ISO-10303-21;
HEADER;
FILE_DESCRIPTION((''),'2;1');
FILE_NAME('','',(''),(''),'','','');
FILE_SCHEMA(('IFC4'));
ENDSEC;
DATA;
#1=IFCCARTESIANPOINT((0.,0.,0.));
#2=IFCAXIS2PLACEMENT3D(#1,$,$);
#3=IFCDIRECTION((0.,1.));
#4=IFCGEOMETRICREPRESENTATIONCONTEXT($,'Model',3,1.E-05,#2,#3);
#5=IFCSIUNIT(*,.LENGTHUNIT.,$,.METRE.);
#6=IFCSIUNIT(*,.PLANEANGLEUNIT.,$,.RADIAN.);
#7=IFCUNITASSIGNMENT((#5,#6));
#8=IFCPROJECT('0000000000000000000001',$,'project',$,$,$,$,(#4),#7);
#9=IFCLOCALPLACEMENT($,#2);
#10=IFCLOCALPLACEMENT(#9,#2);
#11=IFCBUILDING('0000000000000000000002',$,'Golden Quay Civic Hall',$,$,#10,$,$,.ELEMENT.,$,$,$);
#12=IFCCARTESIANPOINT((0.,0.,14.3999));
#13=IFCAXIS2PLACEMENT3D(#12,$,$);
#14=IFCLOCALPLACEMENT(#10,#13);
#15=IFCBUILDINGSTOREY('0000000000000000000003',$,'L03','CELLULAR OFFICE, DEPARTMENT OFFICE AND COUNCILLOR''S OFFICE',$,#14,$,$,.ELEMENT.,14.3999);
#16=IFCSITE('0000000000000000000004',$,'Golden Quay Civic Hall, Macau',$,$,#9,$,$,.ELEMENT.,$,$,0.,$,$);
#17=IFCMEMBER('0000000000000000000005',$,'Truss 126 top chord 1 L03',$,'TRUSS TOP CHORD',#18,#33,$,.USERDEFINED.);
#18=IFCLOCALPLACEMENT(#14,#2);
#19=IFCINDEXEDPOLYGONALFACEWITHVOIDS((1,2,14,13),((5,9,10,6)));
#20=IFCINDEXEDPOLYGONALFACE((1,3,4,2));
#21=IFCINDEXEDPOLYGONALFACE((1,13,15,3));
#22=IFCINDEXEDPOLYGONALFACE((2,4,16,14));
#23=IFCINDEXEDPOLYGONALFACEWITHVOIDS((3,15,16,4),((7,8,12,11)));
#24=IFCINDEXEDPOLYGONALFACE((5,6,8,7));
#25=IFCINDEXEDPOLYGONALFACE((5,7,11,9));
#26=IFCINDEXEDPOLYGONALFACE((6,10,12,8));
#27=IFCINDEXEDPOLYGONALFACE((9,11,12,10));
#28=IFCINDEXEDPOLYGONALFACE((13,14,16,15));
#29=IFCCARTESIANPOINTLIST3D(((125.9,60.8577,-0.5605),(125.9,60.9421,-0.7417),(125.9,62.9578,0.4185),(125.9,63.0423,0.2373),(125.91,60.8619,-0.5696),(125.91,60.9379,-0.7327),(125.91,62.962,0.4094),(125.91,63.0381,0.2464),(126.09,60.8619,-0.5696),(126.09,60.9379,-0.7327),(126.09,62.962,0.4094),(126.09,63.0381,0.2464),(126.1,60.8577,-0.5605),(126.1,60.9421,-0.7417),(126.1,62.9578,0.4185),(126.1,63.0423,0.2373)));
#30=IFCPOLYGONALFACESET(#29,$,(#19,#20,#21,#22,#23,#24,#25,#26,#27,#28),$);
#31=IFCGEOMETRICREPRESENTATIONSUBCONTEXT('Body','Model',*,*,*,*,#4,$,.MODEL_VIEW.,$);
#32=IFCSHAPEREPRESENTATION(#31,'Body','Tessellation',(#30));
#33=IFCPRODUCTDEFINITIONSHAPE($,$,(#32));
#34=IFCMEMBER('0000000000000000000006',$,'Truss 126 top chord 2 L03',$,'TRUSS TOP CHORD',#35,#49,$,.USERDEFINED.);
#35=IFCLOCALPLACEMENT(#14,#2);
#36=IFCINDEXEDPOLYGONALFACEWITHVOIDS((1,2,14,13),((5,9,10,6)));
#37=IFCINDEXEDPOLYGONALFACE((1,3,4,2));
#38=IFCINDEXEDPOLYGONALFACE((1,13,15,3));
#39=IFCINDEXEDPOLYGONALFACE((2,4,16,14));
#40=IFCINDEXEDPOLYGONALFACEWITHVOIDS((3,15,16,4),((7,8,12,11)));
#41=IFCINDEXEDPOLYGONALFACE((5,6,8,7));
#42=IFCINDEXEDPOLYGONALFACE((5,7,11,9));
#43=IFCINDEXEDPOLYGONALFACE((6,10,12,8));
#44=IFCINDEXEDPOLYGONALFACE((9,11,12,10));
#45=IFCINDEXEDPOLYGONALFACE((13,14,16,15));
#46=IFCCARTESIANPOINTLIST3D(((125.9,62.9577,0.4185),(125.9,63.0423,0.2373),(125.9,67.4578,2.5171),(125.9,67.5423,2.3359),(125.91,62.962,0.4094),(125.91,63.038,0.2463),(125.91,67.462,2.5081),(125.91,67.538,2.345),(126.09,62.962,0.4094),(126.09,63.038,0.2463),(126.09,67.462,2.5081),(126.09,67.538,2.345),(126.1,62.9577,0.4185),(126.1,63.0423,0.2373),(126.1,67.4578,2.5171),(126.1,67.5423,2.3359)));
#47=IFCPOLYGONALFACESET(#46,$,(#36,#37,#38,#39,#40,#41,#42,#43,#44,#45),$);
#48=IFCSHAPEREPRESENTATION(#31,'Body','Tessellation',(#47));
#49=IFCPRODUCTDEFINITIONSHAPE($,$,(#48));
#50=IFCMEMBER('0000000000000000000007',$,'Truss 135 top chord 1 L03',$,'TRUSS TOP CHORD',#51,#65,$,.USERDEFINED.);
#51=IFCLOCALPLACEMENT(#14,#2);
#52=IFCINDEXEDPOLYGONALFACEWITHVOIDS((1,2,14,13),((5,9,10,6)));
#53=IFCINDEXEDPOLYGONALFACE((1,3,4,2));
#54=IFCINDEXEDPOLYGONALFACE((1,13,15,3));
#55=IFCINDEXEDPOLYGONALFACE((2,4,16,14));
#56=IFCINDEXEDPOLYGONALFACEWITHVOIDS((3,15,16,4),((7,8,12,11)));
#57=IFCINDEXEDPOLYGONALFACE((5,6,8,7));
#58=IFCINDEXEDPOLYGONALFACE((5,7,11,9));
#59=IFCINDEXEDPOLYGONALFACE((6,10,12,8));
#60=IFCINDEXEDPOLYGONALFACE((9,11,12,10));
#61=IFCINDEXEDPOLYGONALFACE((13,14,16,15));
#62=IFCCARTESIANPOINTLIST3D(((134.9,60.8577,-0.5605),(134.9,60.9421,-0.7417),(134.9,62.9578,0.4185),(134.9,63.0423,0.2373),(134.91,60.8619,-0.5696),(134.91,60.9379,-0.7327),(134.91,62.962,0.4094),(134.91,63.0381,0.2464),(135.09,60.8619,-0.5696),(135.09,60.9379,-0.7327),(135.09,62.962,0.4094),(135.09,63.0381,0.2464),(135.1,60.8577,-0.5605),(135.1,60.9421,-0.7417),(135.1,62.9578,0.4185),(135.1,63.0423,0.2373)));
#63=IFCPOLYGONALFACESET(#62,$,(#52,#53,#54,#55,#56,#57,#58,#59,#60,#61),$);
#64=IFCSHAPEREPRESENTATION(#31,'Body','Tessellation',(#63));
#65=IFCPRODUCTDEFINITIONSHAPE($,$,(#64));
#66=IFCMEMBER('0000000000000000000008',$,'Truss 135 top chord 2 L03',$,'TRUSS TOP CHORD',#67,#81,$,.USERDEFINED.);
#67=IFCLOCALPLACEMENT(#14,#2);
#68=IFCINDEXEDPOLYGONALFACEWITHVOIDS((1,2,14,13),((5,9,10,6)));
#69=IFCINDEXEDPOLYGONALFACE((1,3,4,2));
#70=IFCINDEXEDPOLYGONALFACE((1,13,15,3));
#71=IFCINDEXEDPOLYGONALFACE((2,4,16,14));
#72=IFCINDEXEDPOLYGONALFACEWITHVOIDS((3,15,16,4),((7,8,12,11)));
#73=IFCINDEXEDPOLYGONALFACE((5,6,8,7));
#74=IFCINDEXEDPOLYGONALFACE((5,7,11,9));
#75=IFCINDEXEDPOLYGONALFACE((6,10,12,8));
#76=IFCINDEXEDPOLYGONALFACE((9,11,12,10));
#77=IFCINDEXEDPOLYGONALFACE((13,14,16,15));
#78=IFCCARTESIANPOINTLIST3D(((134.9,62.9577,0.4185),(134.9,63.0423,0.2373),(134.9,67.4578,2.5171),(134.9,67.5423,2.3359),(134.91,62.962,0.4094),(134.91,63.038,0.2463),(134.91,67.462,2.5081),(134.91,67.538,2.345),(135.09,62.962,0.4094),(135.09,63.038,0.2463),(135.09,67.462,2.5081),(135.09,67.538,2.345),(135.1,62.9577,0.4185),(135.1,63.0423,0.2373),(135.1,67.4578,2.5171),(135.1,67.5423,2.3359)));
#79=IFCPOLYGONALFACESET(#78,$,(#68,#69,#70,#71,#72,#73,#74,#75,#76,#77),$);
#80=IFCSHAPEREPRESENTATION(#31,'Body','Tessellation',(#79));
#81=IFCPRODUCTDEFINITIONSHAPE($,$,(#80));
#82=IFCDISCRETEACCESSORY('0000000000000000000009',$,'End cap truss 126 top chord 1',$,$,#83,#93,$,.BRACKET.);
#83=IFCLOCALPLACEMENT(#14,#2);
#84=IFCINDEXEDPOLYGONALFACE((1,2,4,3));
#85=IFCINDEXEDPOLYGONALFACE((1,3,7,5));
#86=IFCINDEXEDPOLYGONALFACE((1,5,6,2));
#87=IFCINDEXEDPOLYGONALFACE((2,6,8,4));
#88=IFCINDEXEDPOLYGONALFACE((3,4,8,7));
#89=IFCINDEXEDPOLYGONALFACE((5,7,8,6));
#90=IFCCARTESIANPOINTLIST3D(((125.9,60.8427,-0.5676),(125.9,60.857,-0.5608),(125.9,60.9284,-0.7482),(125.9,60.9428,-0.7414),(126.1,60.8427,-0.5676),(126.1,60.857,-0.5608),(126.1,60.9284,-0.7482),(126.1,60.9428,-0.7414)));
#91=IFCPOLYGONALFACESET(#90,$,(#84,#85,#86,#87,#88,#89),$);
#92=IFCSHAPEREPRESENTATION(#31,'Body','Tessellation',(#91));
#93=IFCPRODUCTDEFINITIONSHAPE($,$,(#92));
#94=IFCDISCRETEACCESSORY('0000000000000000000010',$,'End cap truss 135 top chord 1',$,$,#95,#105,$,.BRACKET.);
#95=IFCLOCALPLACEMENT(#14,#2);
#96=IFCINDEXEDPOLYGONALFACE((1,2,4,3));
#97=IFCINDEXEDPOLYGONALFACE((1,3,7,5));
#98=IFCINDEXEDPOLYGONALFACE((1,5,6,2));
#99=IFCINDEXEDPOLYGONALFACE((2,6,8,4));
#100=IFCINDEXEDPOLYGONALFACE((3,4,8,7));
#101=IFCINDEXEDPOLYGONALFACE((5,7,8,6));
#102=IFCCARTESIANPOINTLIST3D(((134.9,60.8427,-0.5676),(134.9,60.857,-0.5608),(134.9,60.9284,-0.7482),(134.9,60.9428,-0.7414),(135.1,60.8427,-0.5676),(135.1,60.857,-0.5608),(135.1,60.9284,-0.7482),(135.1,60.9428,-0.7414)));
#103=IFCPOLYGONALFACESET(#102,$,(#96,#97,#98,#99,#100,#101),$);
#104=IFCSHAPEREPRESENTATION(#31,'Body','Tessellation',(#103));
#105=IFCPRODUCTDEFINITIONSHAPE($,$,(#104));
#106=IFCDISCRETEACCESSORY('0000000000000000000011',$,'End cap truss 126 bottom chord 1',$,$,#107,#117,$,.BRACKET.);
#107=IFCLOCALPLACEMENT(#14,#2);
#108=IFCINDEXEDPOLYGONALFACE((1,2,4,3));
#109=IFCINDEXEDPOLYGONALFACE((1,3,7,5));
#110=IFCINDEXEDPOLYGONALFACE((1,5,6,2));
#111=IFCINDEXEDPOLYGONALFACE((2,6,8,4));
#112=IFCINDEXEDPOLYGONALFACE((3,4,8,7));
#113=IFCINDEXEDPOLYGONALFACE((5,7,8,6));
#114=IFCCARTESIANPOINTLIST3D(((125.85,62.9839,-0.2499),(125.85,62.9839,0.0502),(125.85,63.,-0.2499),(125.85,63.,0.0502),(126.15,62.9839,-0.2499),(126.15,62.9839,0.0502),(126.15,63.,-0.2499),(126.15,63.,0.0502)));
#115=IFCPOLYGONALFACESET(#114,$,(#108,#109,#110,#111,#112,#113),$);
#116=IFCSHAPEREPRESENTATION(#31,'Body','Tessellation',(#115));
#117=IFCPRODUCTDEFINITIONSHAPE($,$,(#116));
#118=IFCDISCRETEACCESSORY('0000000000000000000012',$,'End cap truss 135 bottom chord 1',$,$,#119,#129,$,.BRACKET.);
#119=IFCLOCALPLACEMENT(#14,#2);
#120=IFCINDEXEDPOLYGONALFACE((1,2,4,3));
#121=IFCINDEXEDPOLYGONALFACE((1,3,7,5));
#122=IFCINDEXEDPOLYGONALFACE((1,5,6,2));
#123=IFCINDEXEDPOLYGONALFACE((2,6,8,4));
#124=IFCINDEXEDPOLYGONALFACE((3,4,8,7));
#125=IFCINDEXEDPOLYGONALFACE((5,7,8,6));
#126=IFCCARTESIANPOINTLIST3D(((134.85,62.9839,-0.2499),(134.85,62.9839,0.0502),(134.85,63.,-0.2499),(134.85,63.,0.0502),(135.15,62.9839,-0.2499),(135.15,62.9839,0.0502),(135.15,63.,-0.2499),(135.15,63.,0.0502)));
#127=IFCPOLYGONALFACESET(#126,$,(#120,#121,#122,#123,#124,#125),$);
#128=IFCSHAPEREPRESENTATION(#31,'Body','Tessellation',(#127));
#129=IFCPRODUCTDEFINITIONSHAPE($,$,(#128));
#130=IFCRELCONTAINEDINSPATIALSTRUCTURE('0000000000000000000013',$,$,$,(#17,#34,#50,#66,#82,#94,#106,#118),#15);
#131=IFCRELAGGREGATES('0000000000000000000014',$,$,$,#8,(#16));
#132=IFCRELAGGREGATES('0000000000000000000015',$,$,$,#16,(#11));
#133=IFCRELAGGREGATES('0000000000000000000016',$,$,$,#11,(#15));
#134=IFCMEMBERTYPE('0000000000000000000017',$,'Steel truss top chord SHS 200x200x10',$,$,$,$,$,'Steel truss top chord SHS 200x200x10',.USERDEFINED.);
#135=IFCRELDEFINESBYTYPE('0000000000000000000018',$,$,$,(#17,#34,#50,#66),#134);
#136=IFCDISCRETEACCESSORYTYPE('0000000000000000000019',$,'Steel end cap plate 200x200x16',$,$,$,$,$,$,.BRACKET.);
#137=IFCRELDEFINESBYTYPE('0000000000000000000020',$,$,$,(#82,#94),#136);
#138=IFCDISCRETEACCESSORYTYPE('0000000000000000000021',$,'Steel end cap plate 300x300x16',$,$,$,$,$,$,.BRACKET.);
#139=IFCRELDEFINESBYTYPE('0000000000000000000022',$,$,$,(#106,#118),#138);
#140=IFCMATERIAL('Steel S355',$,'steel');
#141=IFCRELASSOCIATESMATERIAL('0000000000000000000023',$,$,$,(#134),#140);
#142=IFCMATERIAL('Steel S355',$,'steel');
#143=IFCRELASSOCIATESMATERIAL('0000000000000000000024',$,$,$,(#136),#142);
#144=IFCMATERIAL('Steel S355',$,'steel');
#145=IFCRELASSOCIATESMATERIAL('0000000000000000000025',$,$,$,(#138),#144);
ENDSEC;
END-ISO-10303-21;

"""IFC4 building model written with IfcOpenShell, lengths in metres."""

from ifc_helpers import new_model, si_unit, direction, frame, origin, origin_2d, place, context, subcontext, project, spatial, rectangle, hollow_rectangle, extrude, material, material_profile, profile_set, type_object, element, save


model = new_model("IFC4")

# Units and contexts
model_context = context("Model", 3, precision=1e-05, world=origin(), true_north=direction((0.0, 1.0)))
body_context = subcontext(model_context, "Body", "Model", "MODEL_VIEW")
ifc_project = project(units=[si_unit("LENGTHUNIT", "METRE"), si_unit("PLANEANGLEUNIT", "RADIAN")], contexts=[model_context])

# Site, building, storey
site_placement = place(None, origin())
site = spatial("IfcSite", under=ifc_project, at=site_placement, Name="Golden Quay Civic Hall, Macau", CompositionType="ELEMENT", RefElevation=0.0)
building_placement = place(site_placement, origin())
building = spatial("IfcBuilding", under=site, at=building_placement, Name="Golden Quay Civic Hall", CompositionType="ELEMENT")
storey_placement = place(building_placement, frame((0.0, 0.0, 14.3999)))
storey = spatial("IfcBuildingStorey", under=building, at=storey_placement, Name="L03", Description="CELLULAR OFFICE, DEPARTMENT OFFICE AND COUNCILLOR'S OFFICE", CompositionType="ELEMENT", Elevation=14.3999)

# Members
ifc_material_1 = material(Name="Steel S355", Category="steel")
ifc_material_profile_1 = material_profile(ifc_material_1, hollow_rectangle(XDim=0.2, YDim=0.2, WallThickness=0.01, at=origin_2d()), Name="SHS 200x200x10")
ifc_profile_set_1 = profile_set([ifc_material_profile_1], Name="Steel S355")
member_type_1 = type_object("IfcMemberType", Name="Steel truss top chord SHS 200x200x10", ElementType="Steel truss top chord SHS 200x200x10", PredefinedType="USERDEFINED", material=ifc_profile_set_1)
member_1_placement = place(storey_placement, frame((126.0, 60.8999, -0.6511), z_axis=(0.0, 0.906355, 0.422516), x_axis=(-1.0, 0.0, 0.0)))
element("IfcMember", 1, at=member_1_placement, inside=storey, type_object=member_type_1, Name="Truss 126 top chord 1 L03", ObjectType="TRUSS TOP CHORD", PredefinedType="USERDEFINED", context=body_context, shape_type="SweptSolid", body=[
    extrude(hollow_rectangle(XDim=0.2, YDim=0.2, WallThickness=0.01, at=origin_2d()), origin(), (0.0, 0.0, 1.0), 2.3171),
])
member_2_placement = place(storey_placement, frame((126.0, 63.0, 0.3279), z_axis=(0.0, 0.906289, 0.422659), x_axis=(-1.0, 0.0, 0.0)))
element("IfcMember", 2, at=member_2_placement, inside=storey, type_object=member_type_1, Name="Truss 126 top chord 2 L03", ObjectType="TRUSS TOP CHORD", PredefinedType="USERDEFINED", context=body_context, shape_type="SweptSolid", body=[
    extrude(hollow_rectangle(XDim=0.2, YDim=0.2, WallThickness=0.01, at=origin_2d()), origin(), (0.0, 0.0, 1.0), 4.9653),
])
member_3_placement = place(storey_placement, frame((135.0, 60.8999, -0.6511), z_axis=(0.0, 0.906355, 0.422516), x_axis=(-1.0, 0.0, 0.0)))
element("IfcMember", 3, at=member_3_placement, inside=storey, type_object=member_type_1, Name="Truss 135 top chord 1 L03", ObjectType="TRUSS TOP CHORD", PredefinedType="USERDEFINED", context=body_context, shape_type="SweptSolid", body=[
    extrude(hollow_rectangle(XDim=0.2, YDim=0.2, WallThickness=0.01, at=origin_2d()), origin(), (0.0, 0.0, 1.0), 2.3171),
])
member_4_placement = place(storey_placement, frame((135.0, 63.0, 0.3279), z_axis=(0.0, 0.906289, 0.422659), x_axis=(-1.0, 0.0, 0.0)))
element("IfcMember", 4, at=member_4_placement, inside=storey, type_object=member_type_1, Name="Truss 135 top chord 2 L03", ObjectType="TRUSS TOP CHORD", PredefinedType="USERDEFINED", context=body_context, shape_type="SweptSolid", body=[
    extrude(hollow_rectangle(XDim=0.2, YDim=0.2, WallThickness=0.01, at=origin_2d()), origin(), (0.0, 0.0, 1.0), 4.9653),
])

# Discrete accessories
ifc_material_2 = material(Name="Steel S355", Category="steel")
ifc_material_profile_2 = material_profile(ifc_material_2, rectangle(XDim=0.2, YDim=0.2, at=origin_2d()), Name="Steel end cap plate 200x200x16")
ifc_profile_set_2 = profile_set([ifc_material_profile_2], Name="Steel S355")
discrete_accessory_type_1 = type_object("IfcDiscreteAccessoryType", Name="Steel end cap plate 200x200x16", PredefinedType="BRACKET", material=ifc_profile_set_2)
for number, where, z_axis, x_axis, name in (
    (5, (126.0, 60.8999, -0.6511), (0.0, -0.903426, -0.428744), (1.0, 0.0, 0.0), "End cap truss 126 top chord 1"),
    (6, (135.0, 60.8999, -0.6511), (0.0, -0.903426, -0.428744), (1.0, 0.0, 0.0), "End cap truss 135 top chord 1"),
):
    element("IfcDiscreteAccessory", number, at=place(storey_placement, frame(where, z_axis=z_axis, x_axis=x_axis)), inside=storey, type_object=discrete_accessory_type_1, Name=name, PredefinedType="BRACKET", context=body_context, shape_type="SweptSolid", body=[
        extrude(rectangle(XDim=0.2, YDim=0.2, at=origin_2d()), origin(), (0.0, 0.0, 1.0), 0.0159),
    ])
ifc_material_3 = material(Name="Steel S355", Category="steel")
ifc_material_profile_3 = material_profile(ifc_material_3, rectangle(XDim=0.3, YDim=0.3, at=origin_2d()), Name="Steel end cap plate 300x300x16")
ifc_profile_set_3 = profile_set([ifc_material_profile_3], Name="Steel S355")
discrete_accessory_type_2 = type_object("IfcDiscreteAccessoryType", Name="Steel end cap plate 300x300x16", PredefinedType="BRACKET", material=ifc_profile_set_3)
for number, where, z_axis, x_axis, name in (
    (7, (126.0, 63.0, -0.0999), (0.0, -1.0, 0.0), (1.0, 0.0, 0.0), "End cap truss 126 bottom chord 1"),
    (8, (135.0, 63.0, -0.0999), (0.0, -1.0, 0.0), (1.0, 0.0, 0.0), "End cap truss 135 bottom chord 1"),
):
    element("IfcDiscreteAccessory", number, at=place(storey_placement, frame(where, z_axis=z_axis, x_axis=x_axis)), inside=storey, type_object=discrete_accessory_type_2, Name=name, PredefinedType="BRACKET", context=body_context, shape_type="SweptSolid", body=[
        extrude(rectangle(XDim=0.3, YDim=0.3, at=origin_2d()), origin(), (0.0, 0.0, 1.0), 0.0161),
    ])

save(model, "model.ifc")
